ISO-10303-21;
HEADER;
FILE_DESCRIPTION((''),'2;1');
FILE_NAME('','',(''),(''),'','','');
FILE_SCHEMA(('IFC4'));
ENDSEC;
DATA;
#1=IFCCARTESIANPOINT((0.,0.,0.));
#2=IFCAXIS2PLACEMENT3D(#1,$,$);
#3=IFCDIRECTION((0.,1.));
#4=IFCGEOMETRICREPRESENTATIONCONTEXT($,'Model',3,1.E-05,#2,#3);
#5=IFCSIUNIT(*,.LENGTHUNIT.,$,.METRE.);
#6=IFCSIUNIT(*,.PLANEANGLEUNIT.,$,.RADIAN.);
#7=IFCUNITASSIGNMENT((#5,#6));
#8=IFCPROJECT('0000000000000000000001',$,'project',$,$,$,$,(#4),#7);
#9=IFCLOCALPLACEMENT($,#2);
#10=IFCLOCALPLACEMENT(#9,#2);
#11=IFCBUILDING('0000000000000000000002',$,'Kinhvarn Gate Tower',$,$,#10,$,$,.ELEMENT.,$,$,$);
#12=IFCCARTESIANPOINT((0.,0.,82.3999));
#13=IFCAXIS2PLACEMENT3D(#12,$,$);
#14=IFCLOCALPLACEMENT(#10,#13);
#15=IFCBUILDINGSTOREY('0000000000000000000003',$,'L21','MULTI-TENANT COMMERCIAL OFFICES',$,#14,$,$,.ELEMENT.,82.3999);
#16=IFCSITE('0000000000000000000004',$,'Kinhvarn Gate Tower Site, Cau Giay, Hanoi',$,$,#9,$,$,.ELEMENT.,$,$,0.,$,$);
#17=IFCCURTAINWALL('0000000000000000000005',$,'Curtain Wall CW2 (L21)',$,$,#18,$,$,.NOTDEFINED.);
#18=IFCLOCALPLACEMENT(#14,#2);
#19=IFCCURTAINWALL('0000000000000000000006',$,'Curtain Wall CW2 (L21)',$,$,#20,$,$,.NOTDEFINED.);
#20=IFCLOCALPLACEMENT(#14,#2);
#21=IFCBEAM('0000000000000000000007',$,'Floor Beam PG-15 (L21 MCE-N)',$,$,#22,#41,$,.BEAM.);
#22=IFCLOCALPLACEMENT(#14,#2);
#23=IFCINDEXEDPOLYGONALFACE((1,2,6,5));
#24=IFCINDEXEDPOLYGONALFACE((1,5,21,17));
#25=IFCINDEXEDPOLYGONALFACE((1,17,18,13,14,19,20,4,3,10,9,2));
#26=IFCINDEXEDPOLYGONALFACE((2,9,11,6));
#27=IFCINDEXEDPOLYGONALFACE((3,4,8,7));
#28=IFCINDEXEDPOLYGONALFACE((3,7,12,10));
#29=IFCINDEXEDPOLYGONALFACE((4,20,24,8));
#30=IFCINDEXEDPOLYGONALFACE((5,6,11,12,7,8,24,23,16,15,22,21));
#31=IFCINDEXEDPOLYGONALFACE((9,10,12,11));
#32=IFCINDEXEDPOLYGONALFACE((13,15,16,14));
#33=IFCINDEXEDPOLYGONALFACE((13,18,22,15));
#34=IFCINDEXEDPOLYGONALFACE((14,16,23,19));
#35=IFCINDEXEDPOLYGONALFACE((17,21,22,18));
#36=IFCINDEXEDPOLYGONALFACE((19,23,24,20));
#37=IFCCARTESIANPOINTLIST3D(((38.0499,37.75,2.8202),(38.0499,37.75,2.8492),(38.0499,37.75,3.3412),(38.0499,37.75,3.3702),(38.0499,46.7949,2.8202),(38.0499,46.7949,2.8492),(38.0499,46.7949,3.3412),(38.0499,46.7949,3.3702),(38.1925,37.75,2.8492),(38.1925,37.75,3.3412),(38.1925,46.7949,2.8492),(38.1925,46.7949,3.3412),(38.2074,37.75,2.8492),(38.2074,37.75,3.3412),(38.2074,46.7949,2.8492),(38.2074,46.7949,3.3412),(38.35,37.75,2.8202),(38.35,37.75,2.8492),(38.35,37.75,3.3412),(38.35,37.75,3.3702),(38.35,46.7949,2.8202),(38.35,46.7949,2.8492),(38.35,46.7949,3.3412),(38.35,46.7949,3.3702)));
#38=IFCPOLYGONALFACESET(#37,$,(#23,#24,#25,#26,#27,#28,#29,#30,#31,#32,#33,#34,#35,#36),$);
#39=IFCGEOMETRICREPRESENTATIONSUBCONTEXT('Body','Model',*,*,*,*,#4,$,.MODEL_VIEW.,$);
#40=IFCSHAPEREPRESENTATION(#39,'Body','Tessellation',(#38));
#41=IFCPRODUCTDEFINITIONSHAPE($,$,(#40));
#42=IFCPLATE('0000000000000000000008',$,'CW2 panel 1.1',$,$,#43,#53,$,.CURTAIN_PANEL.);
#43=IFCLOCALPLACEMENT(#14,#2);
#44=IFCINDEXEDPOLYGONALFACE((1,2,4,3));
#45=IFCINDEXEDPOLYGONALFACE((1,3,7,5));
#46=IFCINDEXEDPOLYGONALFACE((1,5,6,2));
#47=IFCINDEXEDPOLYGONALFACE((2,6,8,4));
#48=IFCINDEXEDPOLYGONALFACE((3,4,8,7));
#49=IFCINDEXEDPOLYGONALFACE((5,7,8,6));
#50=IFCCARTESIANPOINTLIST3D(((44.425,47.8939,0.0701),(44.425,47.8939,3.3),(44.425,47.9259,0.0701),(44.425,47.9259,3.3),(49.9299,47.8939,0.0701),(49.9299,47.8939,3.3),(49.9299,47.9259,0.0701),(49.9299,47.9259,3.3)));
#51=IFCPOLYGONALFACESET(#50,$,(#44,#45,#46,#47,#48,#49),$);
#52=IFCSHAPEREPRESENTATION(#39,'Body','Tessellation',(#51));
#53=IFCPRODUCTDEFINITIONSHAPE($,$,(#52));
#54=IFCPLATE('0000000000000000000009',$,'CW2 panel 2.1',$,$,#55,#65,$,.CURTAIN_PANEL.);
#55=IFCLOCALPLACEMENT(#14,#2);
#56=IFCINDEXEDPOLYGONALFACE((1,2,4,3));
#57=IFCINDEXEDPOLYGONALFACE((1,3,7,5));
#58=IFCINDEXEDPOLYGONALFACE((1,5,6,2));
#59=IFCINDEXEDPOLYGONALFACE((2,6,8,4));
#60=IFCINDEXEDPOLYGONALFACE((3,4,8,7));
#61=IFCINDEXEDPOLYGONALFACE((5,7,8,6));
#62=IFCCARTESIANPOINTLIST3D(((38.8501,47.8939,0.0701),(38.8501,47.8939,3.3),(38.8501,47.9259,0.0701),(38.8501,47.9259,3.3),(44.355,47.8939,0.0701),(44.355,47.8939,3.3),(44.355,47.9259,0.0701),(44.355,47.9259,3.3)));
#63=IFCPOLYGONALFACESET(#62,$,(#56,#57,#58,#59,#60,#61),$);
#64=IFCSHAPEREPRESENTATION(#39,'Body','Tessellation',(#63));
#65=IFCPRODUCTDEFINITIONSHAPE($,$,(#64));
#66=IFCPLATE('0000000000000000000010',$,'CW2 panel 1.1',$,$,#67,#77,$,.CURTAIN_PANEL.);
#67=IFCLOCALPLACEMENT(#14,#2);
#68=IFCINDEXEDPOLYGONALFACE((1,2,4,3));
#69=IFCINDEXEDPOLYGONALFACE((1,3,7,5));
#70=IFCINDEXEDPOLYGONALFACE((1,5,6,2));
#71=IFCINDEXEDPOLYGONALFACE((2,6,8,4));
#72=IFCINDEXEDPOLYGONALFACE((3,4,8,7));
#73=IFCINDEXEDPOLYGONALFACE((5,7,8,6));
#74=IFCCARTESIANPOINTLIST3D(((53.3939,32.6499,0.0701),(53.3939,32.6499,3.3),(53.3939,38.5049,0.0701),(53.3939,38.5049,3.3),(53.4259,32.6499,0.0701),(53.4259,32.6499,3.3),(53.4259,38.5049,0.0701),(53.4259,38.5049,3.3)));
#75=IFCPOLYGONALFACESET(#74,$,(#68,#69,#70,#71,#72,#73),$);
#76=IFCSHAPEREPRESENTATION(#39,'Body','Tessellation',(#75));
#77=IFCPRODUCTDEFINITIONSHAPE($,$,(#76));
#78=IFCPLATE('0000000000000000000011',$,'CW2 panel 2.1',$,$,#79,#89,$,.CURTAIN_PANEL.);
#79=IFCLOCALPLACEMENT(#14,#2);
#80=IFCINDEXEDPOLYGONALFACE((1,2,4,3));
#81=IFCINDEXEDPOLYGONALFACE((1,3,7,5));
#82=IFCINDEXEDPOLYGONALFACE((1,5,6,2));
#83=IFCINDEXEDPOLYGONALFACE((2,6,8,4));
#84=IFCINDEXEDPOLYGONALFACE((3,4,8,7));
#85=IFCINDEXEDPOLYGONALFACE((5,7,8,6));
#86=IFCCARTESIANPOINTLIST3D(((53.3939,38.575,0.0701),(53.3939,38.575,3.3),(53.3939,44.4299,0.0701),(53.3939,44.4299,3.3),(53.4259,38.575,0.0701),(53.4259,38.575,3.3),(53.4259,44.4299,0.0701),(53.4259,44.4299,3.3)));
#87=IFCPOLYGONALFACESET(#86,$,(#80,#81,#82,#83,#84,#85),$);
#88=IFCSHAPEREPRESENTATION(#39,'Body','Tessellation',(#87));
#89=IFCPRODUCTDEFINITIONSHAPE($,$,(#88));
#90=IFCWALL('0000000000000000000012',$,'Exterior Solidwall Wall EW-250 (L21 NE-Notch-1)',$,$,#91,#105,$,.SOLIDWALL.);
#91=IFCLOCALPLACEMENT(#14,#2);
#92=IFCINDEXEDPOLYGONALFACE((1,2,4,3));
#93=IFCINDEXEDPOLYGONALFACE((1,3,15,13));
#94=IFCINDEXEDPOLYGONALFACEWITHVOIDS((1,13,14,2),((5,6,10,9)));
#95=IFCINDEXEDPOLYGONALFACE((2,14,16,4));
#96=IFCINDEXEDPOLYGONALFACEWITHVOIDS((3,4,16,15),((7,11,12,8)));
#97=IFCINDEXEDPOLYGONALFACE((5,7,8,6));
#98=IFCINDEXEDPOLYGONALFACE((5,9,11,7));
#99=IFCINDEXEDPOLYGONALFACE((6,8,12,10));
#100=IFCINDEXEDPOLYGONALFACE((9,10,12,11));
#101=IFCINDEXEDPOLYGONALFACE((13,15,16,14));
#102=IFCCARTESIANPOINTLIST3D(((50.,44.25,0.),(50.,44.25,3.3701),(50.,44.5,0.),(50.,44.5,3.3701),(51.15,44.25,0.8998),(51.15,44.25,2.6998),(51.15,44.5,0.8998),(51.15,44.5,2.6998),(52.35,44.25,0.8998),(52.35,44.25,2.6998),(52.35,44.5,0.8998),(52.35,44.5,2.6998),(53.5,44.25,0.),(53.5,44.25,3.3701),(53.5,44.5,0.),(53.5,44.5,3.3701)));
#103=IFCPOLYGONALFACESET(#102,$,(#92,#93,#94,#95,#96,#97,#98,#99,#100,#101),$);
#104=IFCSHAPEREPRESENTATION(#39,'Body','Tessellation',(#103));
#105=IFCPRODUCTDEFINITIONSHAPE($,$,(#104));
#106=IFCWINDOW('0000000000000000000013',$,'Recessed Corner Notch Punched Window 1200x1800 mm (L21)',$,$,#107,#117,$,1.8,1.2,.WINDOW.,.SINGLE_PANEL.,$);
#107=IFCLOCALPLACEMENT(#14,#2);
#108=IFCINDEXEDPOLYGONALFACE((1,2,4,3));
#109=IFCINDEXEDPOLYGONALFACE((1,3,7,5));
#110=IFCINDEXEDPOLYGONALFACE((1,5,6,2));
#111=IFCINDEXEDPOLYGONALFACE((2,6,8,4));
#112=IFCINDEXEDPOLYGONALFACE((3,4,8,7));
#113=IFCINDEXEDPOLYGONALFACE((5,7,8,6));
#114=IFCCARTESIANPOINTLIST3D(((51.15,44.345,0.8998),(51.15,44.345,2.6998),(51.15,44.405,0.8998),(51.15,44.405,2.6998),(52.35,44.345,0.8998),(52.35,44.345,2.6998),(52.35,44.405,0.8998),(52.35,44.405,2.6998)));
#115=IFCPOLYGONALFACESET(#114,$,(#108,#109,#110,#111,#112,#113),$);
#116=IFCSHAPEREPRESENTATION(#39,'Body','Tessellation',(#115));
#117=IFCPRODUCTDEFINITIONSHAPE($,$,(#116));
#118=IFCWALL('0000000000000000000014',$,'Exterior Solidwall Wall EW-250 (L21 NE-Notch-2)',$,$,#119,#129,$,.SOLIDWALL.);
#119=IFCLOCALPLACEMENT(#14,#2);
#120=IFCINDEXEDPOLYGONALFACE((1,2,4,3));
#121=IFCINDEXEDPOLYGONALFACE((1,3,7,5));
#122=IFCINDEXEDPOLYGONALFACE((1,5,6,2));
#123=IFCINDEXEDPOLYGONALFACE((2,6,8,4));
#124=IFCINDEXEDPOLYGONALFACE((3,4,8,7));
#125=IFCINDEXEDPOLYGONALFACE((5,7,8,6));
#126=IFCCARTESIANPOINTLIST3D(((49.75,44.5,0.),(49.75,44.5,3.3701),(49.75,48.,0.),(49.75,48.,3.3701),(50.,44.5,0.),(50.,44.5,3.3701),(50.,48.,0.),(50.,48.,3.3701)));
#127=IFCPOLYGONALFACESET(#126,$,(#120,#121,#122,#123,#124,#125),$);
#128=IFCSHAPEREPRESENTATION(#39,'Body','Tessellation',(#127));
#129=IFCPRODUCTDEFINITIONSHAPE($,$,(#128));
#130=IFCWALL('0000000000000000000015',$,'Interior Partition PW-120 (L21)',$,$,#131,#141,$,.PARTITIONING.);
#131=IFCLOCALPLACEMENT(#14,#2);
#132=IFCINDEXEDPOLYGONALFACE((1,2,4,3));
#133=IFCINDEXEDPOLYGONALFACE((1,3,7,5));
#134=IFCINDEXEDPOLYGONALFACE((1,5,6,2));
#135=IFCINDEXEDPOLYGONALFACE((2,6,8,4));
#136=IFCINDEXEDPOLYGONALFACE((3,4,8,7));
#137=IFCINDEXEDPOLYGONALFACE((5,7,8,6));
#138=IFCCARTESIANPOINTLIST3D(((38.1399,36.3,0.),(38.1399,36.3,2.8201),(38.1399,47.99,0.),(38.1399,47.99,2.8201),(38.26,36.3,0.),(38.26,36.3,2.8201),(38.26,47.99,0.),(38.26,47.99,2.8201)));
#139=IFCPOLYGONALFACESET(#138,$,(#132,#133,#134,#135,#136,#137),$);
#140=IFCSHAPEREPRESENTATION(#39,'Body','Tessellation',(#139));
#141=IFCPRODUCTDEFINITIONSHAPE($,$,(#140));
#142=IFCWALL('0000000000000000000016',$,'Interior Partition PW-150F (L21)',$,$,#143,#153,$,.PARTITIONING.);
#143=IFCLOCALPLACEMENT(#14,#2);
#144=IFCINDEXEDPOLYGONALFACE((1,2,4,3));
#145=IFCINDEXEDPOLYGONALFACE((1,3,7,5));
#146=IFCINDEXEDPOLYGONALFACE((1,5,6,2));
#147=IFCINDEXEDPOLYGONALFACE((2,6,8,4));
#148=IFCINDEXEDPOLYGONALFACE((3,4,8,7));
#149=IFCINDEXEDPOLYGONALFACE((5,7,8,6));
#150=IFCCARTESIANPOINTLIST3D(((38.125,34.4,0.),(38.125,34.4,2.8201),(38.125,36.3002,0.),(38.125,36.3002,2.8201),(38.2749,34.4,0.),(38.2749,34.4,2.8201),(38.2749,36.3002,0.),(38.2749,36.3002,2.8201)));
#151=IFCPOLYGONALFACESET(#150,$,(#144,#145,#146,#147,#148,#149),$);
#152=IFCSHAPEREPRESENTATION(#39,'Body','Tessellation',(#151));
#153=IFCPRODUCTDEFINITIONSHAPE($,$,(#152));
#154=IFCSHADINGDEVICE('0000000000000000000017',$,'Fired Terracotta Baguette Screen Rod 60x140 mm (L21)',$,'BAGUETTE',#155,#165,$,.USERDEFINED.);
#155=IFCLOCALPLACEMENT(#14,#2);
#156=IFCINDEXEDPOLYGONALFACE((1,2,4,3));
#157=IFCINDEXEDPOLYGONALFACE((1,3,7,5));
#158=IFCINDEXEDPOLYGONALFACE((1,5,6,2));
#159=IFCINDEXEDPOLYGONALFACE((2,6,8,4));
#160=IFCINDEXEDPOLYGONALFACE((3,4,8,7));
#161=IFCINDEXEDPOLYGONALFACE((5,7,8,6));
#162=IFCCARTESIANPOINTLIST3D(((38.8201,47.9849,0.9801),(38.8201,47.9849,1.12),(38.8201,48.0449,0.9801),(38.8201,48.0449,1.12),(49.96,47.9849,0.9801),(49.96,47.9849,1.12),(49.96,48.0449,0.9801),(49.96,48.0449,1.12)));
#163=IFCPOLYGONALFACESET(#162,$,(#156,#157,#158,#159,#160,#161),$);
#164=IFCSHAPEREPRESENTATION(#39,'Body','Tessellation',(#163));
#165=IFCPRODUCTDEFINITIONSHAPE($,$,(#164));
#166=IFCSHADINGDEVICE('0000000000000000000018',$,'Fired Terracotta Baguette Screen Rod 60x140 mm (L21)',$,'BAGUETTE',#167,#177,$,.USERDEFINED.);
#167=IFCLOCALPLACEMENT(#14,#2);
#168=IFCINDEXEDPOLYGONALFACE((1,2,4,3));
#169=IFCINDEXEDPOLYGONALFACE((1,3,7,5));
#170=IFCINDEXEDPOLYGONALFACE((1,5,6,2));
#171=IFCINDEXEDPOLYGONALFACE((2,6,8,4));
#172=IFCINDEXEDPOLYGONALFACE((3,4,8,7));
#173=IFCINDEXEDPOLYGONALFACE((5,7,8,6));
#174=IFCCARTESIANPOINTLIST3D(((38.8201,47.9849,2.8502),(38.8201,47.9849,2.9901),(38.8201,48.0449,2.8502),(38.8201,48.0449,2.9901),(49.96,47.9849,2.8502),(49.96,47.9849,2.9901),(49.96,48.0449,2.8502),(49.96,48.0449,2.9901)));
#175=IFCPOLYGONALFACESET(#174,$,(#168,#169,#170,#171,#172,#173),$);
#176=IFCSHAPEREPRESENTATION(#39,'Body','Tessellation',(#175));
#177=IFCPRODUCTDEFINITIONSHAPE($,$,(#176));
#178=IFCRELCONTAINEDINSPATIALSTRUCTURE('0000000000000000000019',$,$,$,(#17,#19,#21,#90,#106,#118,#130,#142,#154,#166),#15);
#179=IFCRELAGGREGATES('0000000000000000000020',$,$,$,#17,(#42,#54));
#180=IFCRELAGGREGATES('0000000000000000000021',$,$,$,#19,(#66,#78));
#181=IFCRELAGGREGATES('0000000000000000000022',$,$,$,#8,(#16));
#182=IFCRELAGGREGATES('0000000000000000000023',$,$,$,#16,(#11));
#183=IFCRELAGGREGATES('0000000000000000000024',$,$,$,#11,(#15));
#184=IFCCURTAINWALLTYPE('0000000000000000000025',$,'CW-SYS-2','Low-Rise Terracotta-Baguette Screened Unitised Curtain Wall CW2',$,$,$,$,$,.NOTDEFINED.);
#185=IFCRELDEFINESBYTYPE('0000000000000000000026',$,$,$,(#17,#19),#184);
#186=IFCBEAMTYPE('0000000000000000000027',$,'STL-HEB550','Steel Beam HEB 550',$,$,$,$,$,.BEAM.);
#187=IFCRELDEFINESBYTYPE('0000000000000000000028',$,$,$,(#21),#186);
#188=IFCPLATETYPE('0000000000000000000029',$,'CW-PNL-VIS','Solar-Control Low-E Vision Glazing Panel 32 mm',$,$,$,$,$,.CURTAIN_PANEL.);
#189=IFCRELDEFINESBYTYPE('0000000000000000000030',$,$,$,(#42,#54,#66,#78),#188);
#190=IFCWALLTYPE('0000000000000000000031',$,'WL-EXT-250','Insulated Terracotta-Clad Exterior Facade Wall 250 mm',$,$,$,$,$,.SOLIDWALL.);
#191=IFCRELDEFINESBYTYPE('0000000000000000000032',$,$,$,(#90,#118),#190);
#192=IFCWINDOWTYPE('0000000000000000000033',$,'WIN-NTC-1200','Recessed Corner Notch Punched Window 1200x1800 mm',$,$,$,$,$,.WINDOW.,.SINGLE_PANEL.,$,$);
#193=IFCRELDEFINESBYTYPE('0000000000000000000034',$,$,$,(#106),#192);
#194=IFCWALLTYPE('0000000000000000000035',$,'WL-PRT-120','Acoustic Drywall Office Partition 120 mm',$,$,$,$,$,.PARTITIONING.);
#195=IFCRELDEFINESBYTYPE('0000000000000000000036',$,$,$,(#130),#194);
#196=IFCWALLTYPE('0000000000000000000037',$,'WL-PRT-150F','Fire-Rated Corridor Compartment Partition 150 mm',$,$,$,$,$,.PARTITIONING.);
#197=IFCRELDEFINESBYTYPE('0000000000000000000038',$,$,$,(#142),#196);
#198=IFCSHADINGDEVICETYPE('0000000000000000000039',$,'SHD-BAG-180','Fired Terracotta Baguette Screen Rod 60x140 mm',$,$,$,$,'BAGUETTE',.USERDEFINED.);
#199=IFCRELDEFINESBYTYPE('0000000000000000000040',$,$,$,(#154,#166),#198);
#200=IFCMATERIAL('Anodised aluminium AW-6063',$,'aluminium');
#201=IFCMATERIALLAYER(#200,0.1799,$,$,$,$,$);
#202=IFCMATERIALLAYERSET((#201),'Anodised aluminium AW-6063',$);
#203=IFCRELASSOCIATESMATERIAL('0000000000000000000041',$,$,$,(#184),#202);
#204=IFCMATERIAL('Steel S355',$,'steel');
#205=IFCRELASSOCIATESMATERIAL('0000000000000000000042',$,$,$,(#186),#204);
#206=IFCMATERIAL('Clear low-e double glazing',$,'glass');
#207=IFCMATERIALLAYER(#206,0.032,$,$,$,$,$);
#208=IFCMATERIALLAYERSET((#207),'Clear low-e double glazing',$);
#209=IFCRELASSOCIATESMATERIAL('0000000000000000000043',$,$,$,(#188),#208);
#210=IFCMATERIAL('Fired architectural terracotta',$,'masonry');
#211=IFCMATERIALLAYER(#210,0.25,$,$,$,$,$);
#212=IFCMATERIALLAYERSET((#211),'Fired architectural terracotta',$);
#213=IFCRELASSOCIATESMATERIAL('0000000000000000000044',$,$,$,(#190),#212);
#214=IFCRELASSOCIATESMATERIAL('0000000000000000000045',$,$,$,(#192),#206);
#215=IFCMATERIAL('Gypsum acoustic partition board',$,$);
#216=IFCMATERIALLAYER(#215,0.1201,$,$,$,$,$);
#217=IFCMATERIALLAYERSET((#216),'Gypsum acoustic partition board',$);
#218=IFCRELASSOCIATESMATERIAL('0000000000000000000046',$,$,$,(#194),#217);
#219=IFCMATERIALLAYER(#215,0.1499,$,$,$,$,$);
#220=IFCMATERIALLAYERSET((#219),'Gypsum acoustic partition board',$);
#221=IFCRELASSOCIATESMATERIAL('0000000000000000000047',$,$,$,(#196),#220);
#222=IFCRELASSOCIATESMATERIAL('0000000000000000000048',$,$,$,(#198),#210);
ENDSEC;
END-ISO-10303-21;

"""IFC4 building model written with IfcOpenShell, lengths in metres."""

from ifc_helpers import new_model, si_unit, direction, frame, frame_2d, origin, origin_2d, place, context, subcontext, project, spatial, rectangle, i_section, extrude, material, layer, layer_set, material_profile, profile_set, type_object, element, fill, aggregate, save


model = new_model("IFC4")

# Units and contexts
model_context = context("Model", 3, precision=1e-05, world=origin(), true_north=direction((0.0, 1.0)))
body_context = subcontext(model_context, "Body", "Model", "MODEL_VIEW")
ifc_project = project(units=[si_unit("LENGTHUNIT", "METRE"), si_unit("PLANEANGLEUNIT", "RADIAN")], contexts=[model_context])

# Site, building, storey
site_placement = place(None, origin())
site = spatial("IfcSite", under=ifc_project, at=site_placement, Name="Kinhvarn Gate Tower Site, Cau Giay, Hanoi", CompositionType="ELEMENT", RefElevation=0.0)
building_placement = place(site_placement, origin())
building = spatial("IfcBuilding", under=site, at=building_placement, Name="Kinhvarn Gate Tower", CompositionType="ELEMENT")
storey_placement = place(building_placement, frame((0.0, 0.0, 82.3999)))
storey = spatial("IfcBuildingStorey", under=building, at=storey_placement, Name="L21", Description="MULTI-TENANT COMMERCIAL OFFICES", CompositionType="ELEMENT", Elevation=82.3999)

# Curtain walls
ifc_material_1 = material(Name="Anodised aluminium AW-6063", Category="aluminium")
ifc_layer_1 = layer(ifc_material_1, 0.1799)
ifc_layer_set_1 = layer_set([ifc_layer_1], Name="Anodised aluminium AW-6063")
curtain_wall_type = type_object("IfcCurtainWallType", Name="CW-SYS-2", Description="Low-Rise Terracotta-Baguette Screened Unitised Curtain Wall CW2", PredefinedType="NOTDEFINED", material=ifc_layer_set_1)
curtain_wall_1_placement = place(storey_placement, origin())
curtain_wall_1 = element("IfcCurtainWall", 1, at=curtain_wall_1_placement, inside=storey, type_object=curtain_wall_type, Name="Curtain Wall CW2 (L21)", PredefinedType="NOTDEFINED")
curtain_wall_2_placement = place(storey_placement, origin())
curtain_wall_2 = element("IfcCurtainWall", 2, at=curtain_wall_2_placement, inside=storey, type_object=curtain_wall_type, Name="Curtain Wall CW2 (L21)", PredefinedType="NOTDEFINED")

# Beam
ifc_material_2 = material(Name="Steel S355", Category="steel")
ifc_material_profile_1 = material_profile(ifc_material_2, i_section(OverallWidth=0.3, OverallDepth=0.55, WebThickness=0.0149, FlangeThickness=0.0291, at=origin_2d()), Name="HEB 550")
ifc_profile_set_1 = profile_set([ifc_material_profile_1], Name="Steel S355")
beam_type = type_object("IfcBeamType", Name="STL-HEB550", Description="Steel Beam HEB 550", PredefinedType="BEAM", material=ifc_profile_set_1)
beam_placement = place(storey_placement, frame((38.2, 37.75, 3.0952), z_axis=(0.0, 1.0, 0.0), x_axis=(-1.0, 0.0, 0.0)))
element("IfcBeam", 3, at=beam_placement, inside=storey, type_object=beam_type, Name="Floor Beam PG-15 (L21 MCE-N)", PredefinedType="BEAM", context=body_context, shape_type="SweptSolid", body=[
    extrude(i_section(OverallWidth=0.3, OverallDepth=0.55, WebThickness=0.0149, FlangeThickness=0.0291, at=origin_2d()), origin(), (0.0, 0.0, 1.0), 9.0449),
])

# Plates
ifc_material_3 = material(Name="Clear low-e double glazing", Category="glass")
ifc_layer_2 = layer(ifc_material_3, 0.032)
ifc_layer_set_2 = layer_set([ifc_layer_2], Name="Clear low-e double glazing")
plate_type = type_object("IfcPlateType", Name="CW-PNL-VIS", Description="Solar-Control Low-E Vision Glazing Panel 32 mm", PredefinedType="CURTAIN_PANEL", material=ifc_layer_set_2)
plate_1_placement = place(storey_placement, frame((47.1775, 47.9099, 0.0701), z_axis=(0.0, 0.0, 1.0), x_axis=(-1.0, 0.0, 0.0)))
plate_1 = element("IfcPlate", 4, at=plate_1_placement, type_object=plate_type, Name="CW2 panel 1.1", PredefinedType="CURTAIN_PANEL", context=body_context, shape_type="SweptSolid", body=[
    extrude(rectangle(XDim=5.5049, YDim=0.032, at=origin_2d()), origin(), (0.0, 0.0, 1.0), 3.23),
])
plate_2_placement = place(storey_placement, frame((41.6025, 47.9099, 0.0701), z_axis=(0.0, 0.0, 1.0), x_axis=(-1.0, 0.0, 0.0)))
plate_2 = element("IfcPlate", 5, at=plate_2_placement, type_object=plate_type, Name="CW2 panel 2.1", PredefinedType="CURTAIN_PANEL", context=body_context, shape_type="SweptSolid", body=[
    extrude(rectangle(XDim=5.5049, YDim=0.032, at=origin_2d()), origin(), (0.0, 0.0, 1.0), 3.23),
])
aggregate(curtain_wall_1, [plate_1, plate_2])
plate_3_placement = place(storey_placement, frame((53.4099, 35.5774, 0.0701), z_axis=(0.0, 0.0, 1.0), x_axis=(0.0, 1.0, 0.0)))
plate_3 = element("IfcPlate", 6, at=plate_3_placement, type_object=plate_type, Name="CW2 panel 1.1", PredefinedType="CURTAIN_PANEL", context=body_context, shape_type="SweptSolid", body=[
    extrude(rectangle(XDim=5.855, YDim=0.032, at=origin_2d()), origin(), (0.0, 0.0, 1.0), 3.23),
])
plate_4_placement = place(storey_placement, frame((53.4099, 41.5024, 0.0701), z_axis=(0.0, 0.0, 1.0), x_axis=(0.0, 1.0, 0.0)))
plate_4 = element("IfcPlate", 7, at=plate_4_placement, type_object=plate_type, Name="CW2 panel 2.1", PredefinedType="CURTAIN_PANEL", context=body_context, shape_type="SweptSolid", body=[
    extrude(rectangle(XDim=5.855, YDim=0.032, at=origin_2d()), origin(), (0.0, 0.0, 1.0), 3.23),
])
aggregate(curtain_wall_2, [plate_3, plate_4])

# Wall, opening, window
ifc_material_4 = material(Name="Fired architectural terracotta", Category="masonry")
ifc_layer_3 = layer(ifc_material_4, 0.25)
ifc_layer_set_3 = layer_set([ifc_layer_3], Name="Fired architectural terracotta")
wall_type_1 = type_object("IfcWallType", Name="WL-EXT-250", Description="Insulated Terracotta-Clad Exterior Facade Wall 250 mm", PredefinedType="SOLIDWALL", material=ifc_layer_set_3)
wall_1_placement = place(storey_placement, frame((53.5, 44.375, 0.0), z_axis=(0.0, 0.0, 1.0), x_axis=(-1.0, 0.0, 0.0)))
wall_1 = element("IfcWall", 8, at=wall_1_placement, inside=storey, type_object=wall_type_1, Name="Exterior Solidwall Wall EW-250 (L21 NE-Notch-1)", PredefinedType="SOLIDWALL", context=body_context, shape_type="SweptSolid", body=[
    extrude(rectangle(XDim=3.5, YDim=0.25, at=frame_2d((1.75, 0.0))), origin(), (0.0, 0.0, 1.0), 3.3701),
])
opening_placement = place(wall_1_placement, frame((1.1499, 0.0, 0.8999)))
opening = element("IfcOpeningElement", 9, at=opening_placement, cuts=wall_1, PredefinedType="OPENING", context=body_context, shape_type="SweptSolid", body=[
    extrude(rectangle(XDim=1.2, YDim=1.8, at=frame_2d((0.6001, 0.8999))), frame((0.0, 0.135, 0.0), z_axis=(0.0, -1.0, 0.0), x_axis=(1.0, 0.0, 0.0)), (0.0, 0.0, 1.0), 0.27),
])
window_type = type_object("IfcWindowType", Name="WIN-NTC-1200", Description="Recessed Corner Notch Punched Window 1200x1800 mm", PartitioningType="SINGLE_PANEL", PredefinedType="WINDOW", material=ifc_material_3)
window_placement = place(opening_placement, origin())
window = element("IfcWindow", 10, at=window_placement, inside=storey, type_object=window_type, Name="Recessed Corner Notch Punched Window 1200x1800 mm (L21)", OverallHeight=1.8, OverallWidth=1.2, PartitioningType="SINGLE_PANEL", PredefinedType="WINDOW", context=body_context, shape_type="SweptSolid", body=[
    extrude(rectangle(XDim=1.2, YDim=1.8, at=frame_2d((0.6001, 0.8999))), frame((0.0, 0.03, 0.0), z_axis=(0.0, -1.0, 0.0), x_axis=(1.0, 0.0, 0.0)), (0.0, 0.0, 1.0), 0.0601),
])
fill(opening, window)

# Walls
wall_2_placement = place(storey_placement, frame((49.875, 44.5, 0.0), z_axis=(0.0, 0.0, 1.0), x_axis=(0.0, 1.0, 0.0)))
element("IfcWall", 11, at=wall_2_placement, inside=storey, type_object=wall_type_1, Name="Exterior Solidwall Wall EW-250 (L21 NE-Notch-2)", PredefinedType="SOLIDWALL", context=body_context, shape_type="SweptSolid", body=[
    extrude(rectangle(XDim=3.5, YDim=0.25, at=frame_2d((1.75, 0.0))), origin(), (0.0, 0.0, 1.0), 3.3701),
])
ifc_material_5 = material(Name="Gypsum acoustic partition board")
ifc_layer_4 = layer(ifc_material_5, 0.1201)
ifc_layer_set_4 = layer_set([ifc_layer_4], Name="Gypsum acoustic partition board")
wall_type_2 = type_object("IfcWallType", Name="WL-PRT-120", Description="Acoustic Drywall Office Partition 120 mm", PredefinedType="PARTITIONING", material=ifc_layer_set_4)
wall_3_placement = place(storey_placement, frame((38.2, 36.3, 0.0), z_axis=(0.0, 0.0, 1.0), x_axis=(0.0, 1.0, 0.0)))
element("IfcWall", 12, at=wall_3_placement, inside=storey, type_object=wall_type_2, Name="Interior Partition PW-120 (L21)", PredefinedType="PARTITIONING", context=body_context, shape_type="SweptSolid", body=[
    extrude(rectangle(XDim=11.6899, YDim=0.1201, at=frame_2d((5.845, 0.0))), origin(), (0.0, 0.0, 1.0), 2.8201),
])
ifc_layer_5 = layer(ifc_material_5, 0.1499)
ifc_layer_set_5 = layer_set([ifc_layer_5], Name="Gypsum acoustic partition board")
wall_type_3 = type_object("IfcWallType", Name="WL-PRT-150F", Description="Fire-Rated Corridor Compartment Partition 150 mm", PredefinedType="PARTITIONING", material=ifc_layer_set_5)
wall_4_placement = place(storey_placement, frame((38.2, 34.3999, 0.0), z_axis=(0.0, 0.0, 1.0), x_axis=(0.0, 1.0, 0.0)))
element("IfcWall", 13, at=wall_4_placement, inside=storey, type_object=wall_type_3, Name="Interior Partition PW-150F (L21)", PredefinedType="PARTITIONING", context=body_context, shape_type="SweptSolid", body=[
    extrude(rectangle(XDim=1.9001, YDim=0.1499, at=frame_2d((0.9502, 0.0))), origin(), (0.0, 0.0, 1.0), 2.8201),
])

# Shading devices
ifc_material_profile_2 = material_profile(ifc_material_4, rectangle(XDim=0.0601, YDim=0.1399, at=origin_2d()), Name="TC 60x140")
ifc_profile_set_2 = profile_set([ifc_material_profile_2], Name="Fired architectural terracotta")
shading_device_type = type_object("IfcShadingDeviceType", Name="SHD-BAG-180", Description="Fired Terracotta Baguette Screen Rod 60x140 mm", ElementType="BAGUETTE", PredefinedType="USERDEFINED", material=ifc_profile_set_2)
for number, where, z_axis, x_axis, name in (
    (14, (49.96, 48.0149, 1.05), (-1.0, 0.0, 0.0), (0.0, -1.0, 0.0), "Fired Terracotta Baguette Screen Rod 60x140 mm (L21)"),
    (15, (49.96, 48.0149, 2.9202), (-1.0, 0.0, 0.0), (0.0, -1.0, 0.0), "Fired Terracotta Baguette Screen Rod 60x140 mm (L21)"),
):
    element("IfcShadingDevice", number, at=place(storey_placement, frame(where, z_axis=z_axis, x_axis=x_axis)), inside=storey, type_object=shading_device_type, Name=name, ObjectType="BAGUETTE", PredefinedType="USERDEFINED", context=body_context, shape_type="SweptSolid", body=[
        extrude(rectangle(XDim=0.0601, YDim=0.1399, at=origin_2d()), origin(), (0.0, 0.0, 1.0), 11.1399),
    ])

save(model, "model.ifc")
